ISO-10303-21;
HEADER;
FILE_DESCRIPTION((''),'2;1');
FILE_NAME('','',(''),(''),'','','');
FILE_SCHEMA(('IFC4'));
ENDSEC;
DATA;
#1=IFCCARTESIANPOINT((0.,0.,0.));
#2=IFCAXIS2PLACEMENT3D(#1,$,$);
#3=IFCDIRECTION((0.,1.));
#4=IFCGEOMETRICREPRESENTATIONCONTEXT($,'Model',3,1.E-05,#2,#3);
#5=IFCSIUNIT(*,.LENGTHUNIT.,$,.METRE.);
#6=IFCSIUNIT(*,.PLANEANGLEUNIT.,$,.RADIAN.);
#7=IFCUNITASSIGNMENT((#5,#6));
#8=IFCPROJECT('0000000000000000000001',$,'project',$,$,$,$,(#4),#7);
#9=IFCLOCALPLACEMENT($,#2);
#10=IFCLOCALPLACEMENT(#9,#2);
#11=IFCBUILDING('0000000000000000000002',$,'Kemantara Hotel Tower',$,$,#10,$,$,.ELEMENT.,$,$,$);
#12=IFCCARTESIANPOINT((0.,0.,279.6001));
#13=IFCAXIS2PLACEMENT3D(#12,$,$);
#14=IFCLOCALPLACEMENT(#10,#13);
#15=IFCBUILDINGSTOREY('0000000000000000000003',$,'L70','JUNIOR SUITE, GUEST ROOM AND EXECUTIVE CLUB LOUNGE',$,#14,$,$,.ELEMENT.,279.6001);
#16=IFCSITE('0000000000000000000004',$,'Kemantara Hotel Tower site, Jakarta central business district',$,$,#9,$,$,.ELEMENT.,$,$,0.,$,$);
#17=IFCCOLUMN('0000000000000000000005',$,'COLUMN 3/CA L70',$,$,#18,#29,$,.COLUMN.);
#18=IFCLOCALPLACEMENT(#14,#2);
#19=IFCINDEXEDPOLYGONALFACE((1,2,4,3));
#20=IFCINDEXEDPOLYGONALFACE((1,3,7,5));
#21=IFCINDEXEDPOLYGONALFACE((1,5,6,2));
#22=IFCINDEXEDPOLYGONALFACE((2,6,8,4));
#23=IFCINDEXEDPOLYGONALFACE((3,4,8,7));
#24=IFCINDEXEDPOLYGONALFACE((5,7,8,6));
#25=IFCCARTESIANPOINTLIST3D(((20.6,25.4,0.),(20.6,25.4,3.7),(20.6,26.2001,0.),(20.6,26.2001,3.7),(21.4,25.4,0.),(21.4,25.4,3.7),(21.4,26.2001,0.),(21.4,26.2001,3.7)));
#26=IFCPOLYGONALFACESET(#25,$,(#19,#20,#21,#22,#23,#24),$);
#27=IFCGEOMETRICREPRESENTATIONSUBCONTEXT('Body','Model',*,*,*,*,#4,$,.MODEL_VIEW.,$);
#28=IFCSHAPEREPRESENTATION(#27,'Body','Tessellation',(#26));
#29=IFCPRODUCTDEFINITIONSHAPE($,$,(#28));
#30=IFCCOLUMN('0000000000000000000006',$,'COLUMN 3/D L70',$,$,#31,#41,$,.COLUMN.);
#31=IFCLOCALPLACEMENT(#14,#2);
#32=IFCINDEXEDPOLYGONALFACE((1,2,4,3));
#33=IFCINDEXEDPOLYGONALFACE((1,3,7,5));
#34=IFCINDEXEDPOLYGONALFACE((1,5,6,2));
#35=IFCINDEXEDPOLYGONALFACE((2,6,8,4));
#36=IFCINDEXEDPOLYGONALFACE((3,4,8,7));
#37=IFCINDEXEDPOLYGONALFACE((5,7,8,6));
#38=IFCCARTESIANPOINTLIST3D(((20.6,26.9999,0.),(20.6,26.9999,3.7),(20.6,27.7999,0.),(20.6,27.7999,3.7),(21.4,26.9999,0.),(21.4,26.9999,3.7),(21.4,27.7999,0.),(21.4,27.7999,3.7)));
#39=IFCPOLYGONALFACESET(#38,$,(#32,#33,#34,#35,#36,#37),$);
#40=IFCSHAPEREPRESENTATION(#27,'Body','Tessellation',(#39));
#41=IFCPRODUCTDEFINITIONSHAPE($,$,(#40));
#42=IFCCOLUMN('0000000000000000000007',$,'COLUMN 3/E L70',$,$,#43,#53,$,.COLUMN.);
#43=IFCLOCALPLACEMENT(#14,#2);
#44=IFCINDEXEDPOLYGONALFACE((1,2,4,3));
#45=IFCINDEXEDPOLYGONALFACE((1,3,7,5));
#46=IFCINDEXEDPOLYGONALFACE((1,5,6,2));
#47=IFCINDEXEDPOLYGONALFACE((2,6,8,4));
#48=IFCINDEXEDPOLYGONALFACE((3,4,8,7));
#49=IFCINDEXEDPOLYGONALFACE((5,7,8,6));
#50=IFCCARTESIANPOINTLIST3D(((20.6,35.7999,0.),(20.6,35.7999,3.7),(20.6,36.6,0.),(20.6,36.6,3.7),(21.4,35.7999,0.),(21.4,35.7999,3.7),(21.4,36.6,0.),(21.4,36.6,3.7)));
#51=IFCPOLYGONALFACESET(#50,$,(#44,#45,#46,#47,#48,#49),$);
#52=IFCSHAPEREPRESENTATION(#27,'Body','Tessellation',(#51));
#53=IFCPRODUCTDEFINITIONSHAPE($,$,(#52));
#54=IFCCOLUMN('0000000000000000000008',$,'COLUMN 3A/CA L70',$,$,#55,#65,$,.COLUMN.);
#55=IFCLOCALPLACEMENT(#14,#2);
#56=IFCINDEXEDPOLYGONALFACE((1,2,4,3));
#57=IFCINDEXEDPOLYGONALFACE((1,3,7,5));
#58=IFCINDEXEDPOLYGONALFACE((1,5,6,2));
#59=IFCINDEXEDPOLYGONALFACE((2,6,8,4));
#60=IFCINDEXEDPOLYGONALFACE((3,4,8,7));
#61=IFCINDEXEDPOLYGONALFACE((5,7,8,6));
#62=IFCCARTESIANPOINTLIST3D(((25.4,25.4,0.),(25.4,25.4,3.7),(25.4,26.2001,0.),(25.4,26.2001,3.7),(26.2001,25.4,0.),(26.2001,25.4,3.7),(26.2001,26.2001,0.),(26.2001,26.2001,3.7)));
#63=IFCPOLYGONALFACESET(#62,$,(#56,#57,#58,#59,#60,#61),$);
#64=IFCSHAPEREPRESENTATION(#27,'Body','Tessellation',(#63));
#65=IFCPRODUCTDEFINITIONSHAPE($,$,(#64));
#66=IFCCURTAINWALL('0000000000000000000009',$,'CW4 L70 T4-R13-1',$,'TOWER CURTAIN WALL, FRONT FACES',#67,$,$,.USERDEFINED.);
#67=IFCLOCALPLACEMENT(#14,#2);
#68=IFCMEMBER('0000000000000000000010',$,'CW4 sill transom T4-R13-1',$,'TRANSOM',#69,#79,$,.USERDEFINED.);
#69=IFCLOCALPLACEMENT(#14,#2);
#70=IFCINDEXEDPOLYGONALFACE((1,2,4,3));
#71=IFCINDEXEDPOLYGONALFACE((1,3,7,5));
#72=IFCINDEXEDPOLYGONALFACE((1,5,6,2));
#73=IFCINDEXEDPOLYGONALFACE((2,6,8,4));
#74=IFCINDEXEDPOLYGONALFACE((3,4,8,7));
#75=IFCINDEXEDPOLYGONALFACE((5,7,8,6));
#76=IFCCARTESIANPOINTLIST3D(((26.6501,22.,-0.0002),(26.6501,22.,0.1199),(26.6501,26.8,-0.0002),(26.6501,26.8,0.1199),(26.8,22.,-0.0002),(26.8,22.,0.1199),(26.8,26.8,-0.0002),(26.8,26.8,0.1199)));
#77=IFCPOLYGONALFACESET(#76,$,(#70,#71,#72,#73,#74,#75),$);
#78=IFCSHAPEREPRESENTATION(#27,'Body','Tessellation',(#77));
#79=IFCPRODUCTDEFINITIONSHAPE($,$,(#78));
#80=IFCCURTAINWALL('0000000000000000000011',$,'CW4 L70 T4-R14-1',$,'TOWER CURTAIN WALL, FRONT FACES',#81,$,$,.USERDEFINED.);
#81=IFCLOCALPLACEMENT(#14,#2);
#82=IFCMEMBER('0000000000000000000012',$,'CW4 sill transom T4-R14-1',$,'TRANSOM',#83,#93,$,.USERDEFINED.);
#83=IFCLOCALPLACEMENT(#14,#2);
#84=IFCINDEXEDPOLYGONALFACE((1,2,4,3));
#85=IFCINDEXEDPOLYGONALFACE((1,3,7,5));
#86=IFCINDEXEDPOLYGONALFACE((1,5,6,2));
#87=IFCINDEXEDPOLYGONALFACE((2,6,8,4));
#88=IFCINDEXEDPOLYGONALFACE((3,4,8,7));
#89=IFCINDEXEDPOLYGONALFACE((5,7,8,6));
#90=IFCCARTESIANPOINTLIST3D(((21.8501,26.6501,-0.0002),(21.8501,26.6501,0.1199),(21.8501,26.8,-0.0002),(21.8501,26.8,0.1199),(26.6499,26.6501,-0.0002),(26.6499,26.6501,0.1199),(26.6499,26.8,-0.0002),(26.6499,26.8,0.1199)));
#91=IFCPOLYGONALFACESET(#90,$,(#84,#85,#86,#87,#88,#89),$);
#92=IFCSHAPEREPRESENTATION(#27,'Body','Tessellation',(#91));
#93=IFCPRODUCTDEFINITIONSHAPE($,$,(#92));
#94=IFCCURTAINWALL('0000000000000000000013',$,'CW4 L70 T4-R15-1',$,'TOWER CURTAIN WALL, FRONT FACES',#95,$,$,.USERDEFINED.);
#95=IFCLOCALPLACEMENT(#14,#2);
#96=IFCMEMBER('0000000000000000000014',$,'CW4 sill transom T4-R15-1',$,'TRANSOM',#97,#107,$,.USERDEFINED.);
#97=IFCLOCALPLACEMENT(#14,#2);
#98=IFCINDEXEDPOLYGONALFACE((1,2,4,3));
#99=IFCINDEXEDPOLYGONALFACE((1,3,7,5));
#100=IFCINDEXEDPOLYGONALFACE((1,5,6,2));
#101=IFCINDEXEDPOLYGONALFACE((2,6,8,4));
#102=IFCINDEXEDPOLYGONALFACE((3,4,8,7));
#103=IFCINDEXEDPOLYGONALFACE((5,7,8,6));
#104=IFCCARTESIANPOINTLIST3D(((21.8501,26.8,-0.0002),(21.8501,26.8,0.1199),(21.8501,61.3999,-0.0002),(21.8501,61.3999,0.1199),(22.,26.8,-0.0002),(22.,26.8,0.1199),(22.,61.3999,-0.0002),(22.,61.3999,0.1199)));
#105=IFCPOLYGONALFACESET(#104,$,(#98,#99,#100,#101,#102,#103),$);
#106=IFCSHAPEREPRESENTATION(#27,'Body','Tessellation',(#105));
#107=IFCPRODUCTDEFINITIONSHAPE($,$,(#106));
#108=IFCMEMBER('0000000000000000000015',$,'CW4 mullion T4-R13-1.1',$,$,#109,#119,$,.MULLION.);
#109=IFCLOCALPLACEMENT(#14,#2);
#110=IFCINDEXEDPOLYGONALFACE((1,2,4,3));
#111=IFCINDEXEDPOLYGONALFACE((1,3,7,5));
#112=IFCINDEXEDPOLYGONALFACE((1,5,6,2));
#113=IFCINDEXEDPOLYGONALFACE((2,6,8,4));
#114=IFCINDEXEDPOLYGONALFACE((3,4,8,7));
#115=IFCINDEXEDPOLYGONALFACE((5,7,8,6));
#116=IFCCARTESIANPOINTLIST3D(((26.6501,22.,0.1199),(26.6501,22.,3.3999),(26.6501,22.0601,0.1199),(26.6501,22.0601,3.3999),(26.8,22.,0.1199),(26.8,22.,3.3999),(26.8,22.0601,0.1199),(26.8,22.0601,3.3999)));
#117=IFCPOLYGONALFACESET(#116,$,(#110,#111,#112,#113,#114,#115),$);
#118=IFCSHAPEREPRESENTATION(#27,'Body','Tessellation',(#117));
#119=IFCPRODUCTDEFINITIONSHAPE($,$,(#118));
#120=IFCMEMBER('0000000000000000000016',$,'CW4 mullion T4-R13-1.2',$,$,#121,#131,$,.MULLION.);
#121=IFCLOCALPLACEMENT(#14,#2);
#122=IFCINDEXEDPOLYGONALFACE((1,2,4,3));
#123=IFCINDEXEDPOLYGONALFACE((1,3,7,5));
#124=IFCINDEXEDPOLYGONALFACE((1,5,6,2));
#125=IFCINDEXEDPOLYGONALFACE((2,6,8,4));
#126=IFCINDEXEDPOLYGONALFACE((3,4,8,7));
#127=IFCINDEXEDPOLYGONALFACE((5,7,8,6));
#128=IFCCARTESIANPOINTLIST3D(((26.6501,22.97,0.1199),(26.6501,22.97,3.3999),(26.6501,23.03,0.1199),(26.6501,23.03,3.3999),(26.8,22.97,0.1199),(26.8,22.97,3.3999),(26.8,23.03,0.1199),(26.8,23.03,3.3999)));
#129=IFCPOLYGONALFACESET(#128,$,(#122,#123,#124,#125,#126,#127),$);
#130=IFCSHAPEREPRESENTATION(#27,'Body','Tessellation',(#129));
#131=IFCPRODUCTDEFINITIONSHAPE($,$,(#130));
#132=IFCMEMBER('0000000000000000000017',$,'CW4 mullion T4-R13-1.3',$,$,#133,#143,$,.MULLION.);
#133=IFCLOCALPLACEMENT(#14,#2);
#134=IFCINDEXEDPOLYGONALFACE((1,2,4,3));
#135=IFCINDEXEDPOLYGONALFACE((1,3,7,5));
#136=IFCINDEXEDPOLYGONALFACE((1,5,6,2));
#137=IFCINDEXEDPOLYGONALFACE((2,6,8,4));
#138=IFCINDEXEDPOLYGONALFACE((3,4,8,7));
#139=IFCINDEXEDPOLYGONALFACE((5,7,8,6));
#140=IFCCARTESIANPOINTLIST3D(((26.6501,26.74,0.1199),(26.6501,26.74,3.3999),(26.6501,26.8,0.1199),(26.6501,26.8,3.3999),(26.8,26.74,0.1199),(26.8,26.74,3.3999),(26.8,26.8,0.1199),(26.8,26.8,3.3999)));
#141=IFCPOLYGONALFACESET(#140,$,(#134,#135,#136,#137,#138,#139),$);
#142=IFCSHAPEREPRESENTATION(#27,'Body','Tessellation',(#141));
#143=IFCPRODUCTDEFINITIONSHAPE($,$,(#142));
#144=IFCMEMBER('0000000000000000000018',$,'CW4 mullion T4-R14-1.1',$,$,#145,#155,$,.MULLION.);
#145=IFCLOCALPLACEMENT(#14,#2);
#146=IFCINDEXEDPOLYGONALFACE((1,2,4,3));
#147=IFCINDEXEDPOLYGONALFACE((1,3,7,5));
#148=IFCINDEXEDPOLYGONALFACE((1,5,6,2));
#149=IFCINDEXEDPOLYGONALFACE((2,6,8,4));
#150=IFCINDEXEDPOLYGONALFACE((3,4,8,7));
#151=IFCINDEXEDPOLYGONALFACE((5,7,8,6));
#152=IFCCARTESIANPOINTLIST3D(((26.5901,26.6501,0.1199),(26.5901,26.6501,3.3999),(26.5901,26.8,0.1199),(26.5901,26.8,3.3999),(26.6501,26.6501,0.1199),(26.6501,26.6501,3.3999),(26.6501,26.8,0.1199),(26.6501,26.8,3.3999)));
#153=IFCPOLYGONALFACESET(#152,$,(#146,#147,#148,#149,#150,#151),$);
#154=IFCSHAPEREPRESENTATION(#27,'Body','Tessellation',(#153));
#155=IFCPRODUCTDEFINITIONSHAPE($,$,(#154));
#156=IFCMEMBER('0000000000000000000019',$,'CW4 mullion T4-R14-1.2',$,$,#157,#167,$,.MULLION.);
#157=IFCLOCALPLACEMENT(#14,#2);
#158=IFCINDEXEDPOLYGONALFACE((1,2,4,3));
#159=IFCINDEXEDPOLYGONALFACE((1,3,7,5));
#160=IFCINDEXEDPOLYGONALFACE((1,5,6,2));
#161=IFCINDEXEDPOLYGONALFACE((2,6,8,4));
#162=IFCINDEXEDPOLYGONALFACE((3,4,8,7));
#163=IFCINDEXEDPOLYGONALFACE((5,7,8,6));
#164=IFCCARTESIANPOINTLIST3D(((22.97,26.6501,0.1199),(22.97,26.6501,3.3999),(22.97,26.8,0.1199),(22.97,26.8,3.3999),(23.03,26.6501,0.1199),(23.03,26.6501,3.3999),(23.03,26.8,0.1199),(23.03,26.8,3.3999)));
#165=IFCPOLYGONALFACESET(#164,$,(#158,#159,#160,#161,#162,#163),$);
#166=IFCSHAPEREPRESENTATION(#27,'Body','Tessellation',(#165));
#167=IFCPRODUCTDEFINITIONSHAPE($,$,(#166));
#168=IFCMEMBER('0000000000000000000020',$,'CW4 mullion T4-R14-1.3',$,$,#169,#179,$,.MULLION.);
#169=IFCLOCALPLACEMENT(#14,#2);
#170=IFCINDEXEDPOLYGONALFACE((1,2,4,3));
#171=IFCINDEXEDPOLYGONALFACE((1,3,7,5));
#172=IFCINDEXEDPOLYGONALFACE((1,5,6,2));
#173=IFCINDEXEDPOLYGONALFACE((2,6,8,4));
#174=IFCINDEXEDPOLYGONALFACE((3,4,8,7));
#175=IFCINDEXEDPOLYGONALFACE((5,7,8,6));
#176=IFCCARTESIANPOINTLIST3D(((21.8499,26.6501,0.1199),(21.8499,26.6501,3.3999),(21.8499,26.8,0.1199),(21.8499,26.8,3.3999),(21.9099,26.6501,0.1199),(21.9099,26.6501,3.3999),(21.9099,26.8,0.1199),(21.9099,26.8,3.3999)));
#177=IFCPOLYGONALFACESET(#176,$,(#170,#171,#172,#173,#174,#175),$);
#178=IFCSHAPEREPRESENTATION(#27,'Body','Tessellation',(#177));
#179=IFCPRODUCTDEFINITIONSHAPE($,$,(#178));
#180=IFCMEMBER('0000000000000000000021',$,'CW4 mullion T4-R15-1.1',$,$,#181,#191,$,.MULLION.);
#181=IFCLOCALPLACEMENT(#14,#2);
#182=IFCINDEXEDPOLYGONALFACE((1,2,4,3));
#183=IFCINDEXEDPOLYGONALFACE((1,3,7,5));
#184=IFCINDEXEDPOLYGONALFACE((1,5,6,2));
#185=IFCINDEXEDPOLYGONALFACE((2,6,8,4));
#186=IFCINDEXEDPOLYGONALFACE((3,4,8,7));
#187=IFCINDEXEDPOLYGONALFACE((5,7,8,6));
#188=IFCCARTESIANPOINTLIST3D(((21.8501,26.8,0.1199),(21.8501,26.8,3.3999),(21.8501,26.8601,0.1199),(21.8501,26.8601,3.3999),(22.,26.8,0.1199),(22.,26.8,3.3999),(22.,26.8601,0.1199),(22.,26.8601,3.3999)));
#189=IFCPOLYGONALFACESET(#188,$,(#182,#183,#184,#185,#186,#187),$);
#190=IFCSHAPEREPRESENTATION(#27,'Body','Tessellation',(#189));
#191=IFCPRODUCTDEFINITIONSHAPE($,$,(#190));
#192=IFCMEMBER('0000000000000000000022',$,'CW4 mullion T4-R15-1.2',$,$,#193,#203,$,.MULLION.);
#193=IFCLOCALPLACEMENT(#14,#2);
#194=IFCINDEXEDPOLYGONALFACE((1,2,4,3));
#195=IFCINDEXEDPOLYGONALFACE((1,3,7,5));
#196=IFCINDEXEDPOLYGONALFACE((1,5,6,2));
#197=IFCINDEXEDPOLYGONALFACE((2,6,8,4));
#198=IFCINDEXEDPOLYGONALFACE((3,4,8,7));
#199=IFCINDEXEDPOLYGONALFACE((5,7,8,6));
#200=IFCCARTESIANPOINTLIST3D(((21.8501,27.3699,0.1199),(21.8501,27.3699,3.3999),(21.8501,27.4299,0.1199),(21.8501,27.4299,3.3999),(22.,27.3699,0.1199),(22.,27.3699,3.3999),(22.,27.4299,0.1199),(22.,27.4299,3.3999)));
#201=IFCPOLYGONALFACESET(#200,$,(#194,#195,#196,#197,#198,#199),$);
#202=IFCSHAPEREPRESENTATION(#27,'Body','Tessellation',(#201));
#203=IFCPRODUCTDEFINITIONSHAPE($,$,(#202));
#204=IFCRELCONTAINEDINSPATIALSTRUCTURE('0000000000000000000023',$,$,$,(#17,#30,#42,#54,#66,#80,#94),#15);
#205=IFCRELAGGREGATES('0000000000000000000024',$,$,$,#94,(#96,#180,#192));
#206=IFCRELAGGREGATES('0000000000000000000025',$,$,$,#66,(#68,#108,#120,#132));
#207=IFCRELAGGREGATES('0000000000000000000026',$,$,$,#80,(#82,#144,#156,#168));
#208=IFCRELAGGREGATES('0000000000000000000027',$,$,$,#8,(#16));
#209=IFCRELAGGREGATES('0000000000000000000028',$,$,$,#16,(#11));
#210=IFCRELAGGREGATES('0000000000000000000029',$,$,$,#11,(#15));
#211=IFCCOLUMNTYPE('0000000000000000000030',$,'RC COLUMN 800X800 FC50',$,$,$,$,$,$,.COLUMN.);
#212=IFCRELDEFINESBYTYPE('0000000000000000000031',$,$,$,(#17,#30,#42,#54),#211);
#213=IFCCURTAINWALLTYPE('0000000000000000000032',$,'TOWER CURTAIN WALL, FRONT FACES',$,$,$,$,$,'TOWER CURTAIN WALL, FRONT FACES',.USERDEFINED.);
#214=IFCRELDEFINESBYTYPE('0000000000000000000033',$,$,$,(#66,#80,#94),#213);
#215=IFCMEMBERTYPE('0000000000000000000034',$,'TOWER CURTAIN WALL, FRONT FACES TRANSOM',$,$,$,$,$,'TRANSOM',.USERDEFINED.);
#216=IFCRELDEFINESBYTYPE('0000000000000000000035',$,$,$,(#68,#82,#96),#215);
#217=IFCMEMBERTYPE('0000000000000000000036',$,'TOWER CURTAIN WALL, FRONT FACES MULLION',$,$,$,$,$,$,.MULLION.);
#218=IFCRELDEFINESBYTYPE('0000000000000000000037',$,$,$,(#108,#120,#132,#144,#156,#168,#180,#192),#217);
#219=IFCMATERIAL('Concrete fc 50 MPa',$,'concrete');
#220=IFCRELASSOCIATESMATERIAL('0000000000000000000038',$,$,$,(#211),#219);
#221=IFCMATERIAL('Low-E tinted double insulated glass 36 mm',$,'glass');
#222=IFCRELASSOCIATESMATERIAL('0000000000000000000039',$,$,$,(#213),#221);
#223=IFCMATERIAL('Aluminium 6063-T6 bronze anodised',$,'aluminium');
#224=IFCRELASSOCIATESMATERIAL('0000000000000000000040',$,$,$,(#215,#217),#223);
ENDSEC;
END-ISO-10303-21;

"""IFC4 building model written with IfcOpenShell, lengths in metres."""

from ifc_helpers import new_model, si_unit, direction, frame, origin, origin_2d, place, context, subcontext, project, spatial, rectangle, extrude, source, transform, mapped, material, material_profile, profile_set, type_object, element, aggregate, save


model = new_model("IFC4")

# Units and contexts
model_context = context("Model", 3, precision=1e-05, world=origin(), true_north=direction((0.0, 1.0)))
body_context = subcontext(model_context, "Body", "Model", "MODEL_VIEW")
ifc_project = project(units=[si_unit("LENGTHUNIT", "METRE"), si_unit("PLANEANGLEUNIT", "RADIAN")], contexts=[model_context])

# Site, building, storey
site_placement = place(None, origin())
site = spatial("IfcSite", under=ifc_project, at=site_placement, Name="Kemantara Hotel Tower site, Jakarta central business district", CompositionType="ELEMENT", RefElevation=0.0)
building_placement = place(site_placement, origin())
building = spatial("IfcBuilding", under=site, at=building_placement, Name="Kemantara Hotel Tower", CompositionType="ELEMENT")
storey_placement = place(building_placement, frame((0.0, 0.0, 279.6001)))
storey = spatial("IfcBuildingStorey", under=building, at=storey_placement, Name="L70", Description="JUNIOR SUITE, GUEST ROOM AND EXECUTIVE CLUB LOUNGE", CompositionType="ELEMENT", Elevation=279.6001)

# Columns
ifc_material_1 = material(Name="Concrete fc 50 MPa", Category="concrete")
ifc_material_profile_1 = material_profile(ifc_material_1, rectangle(XDim=0.8, YDim=0.8, at=origin_2d()), Name="RC 800X800")
ifc_profile_set_1 = profile_set([ifc_material_profile_1], Name="Concrete fc 50 MPa")
column_type = type_object("IfcColumnType", Name="RC COLUMN 800X800 FC50", PredefinedType="COLUMN", material=ifc_profile_set_1)
for number, where, z_axis, x_axis, name in (
    (1, (21.0, 25.8, 0.0), (0.0, 0.0, 1.0), (1.0, 0.0, 0.0), "COLUMN 3/CA L70"),
    (2, (21.0, 27.3999, 0.0), (0.0, 0.0, 1.0), (1.0, 0.0, 0.0), "COLUMN 3/D L70"),
    (3, (21.0, 36.2, 0.0), (0.0, 0.0, 1.0), (1.0, 0.0, 0.0), "COLUMN 3/E L70"),
    (4, (25.8, 25.8, 0.0), (0.0, 0.0, 1.0), (1.0, 0.0, 0.0), "COLUMN 3A/CA L70"),
):
    element("IfcColumn", number, at=place(storey_placement, frame(where, z_axis=z_axis, x_axis=x_axis)), inside=storey, type_object=column_type, Name=name, PredefinedType="COLUMN", context=body_context, shape_type="SweptSolid", body=[
        extrude(rectangle(XDim=0.8, YDim=0.8, at=origin_2d()), origin(), (0.0, 0.0, 1.0), 3.7),
    ])

# Curtain walls, members
ifc_material_2 = material(Name="Low-E tinted double insulated glass 36 mm", Category="glass")
curtain_wall_type = type_object("IfcCurtainWallType", Name="TOWER CURTAIN WALL, FRONT FACES", ElementType="TOWER CURTAIN WALL, FRONT FACES", PredefinedType="USERDEFINED", material=ifc_material_2)
curtain_wall_1_placement = place(storey_placement, origin())
curtain_wall_1 = element("IfcCurtainWall", 5, at=curtain_wall_1_placement, inside=storey, type_object=curtain_wall_type, Name="CW4 L70 T4-R13-1", ObjectType="TOWER CURTAIN WALL, FRONT FACES", PredefinedType="USERDEFINED")
ifc_material_3 = material(Name="Aluminium 6063-T6 bronze anodised", Category="aluminium")
ifc_material_profile_2 = material_profile(ifc_material_3, rectangle(XDim=0.1499, YDim=0.1201, at=origin_2d()), Name="TOWER CURTAIN WALL, FRONT FACES TRANSOM")
ifc_profile_set_2 = profile_set([ifc_material_profile_2], Name="Aluminium 6063-T6 bronze anodised")
member_type_1 = type_object("IfcMemberType", Name="TOWER CURTAIN WALL, FRONT FACES TRANSOM", ElementType="TRANSOM", PredefinedType="USERDEFINED", material=ifc_profile_set_2)
member_1_placement = place(storey_placement, frame((26.7251, 22.0, 0.0598), z_axis=(0.0, 1.0, 0.0), x_axis=(-1.0, 0.0, 0.0)))
member_1 = element("IfcMember", 6, at=member_1_placement, type_object=member_type_1, Name="CW4 sill transom T4-R13-1", ObjectType="TRANSOM", PredefinedType="USERDEFINED", context=body_context, shape_type="SweptSolid", body=[
    extrude(rectangle(XDim=0.1499, YDim=0.1201, at=origin_2d()), origin(), (0.0, 0.0, 1.0), 4.8),
])
curtain_wall_2_placement = place(storey_placement, origin())
curtain_wall_2 = element("IfcCurtainWall", 7, at=curtain_wall_2_placement, inside=storey, type_object=curtain_wall_type, Name="CW4 L70 T4-R14-1", ObjectType="TOWER CURTAIN WALL, FRONT FACES", PredefinedType="USERDEFINED")
member_2_placement = place(storey_placement, frame((26.6499, 26.7251, 0.0598), z_axis=(-1.0, 0.0, 0.0), x_axis=(0.0, -1.0, 0.0)))
member_2 = element("IfcMember", 8, at=member_2_placement, type_object=member_type_1, Name="CW4 sill transom T4-R14-1", ObjectType="TRANSOM", PredefinedType="USERDEFINED", context=body_context, shape_type="SweptSolid", body=[
    extrude(rectangle(XDim=0.1499, YDim=0.1201, at=origin_2d()), origin(), (0.0, 0.0, 1.0), 4.7998),
])
curtain_wall_3_placement = place(storey_placement, origin())
curtain_wall_3 = element("IfcCurtainWall", 9, at=curtain_wall_3_placement, inside=storey, type_object=curtain_wall_type, Name="CW4 L70 T4-R15-1", ObjectType="TOWER CURTAIN WALL, FRONT FACES", PredefinedType="USERDEFINED")
member_3_placement = place(storey_placement, frame((21.925, 26.8, 0.0598), z_axis=(0.0, 1.0, 0.0), x_axis=(-1.0, 0.0, 0.0)))
member_3 = element("IfcMember", 10, at=member_3_placement, type_object=member_type_1, Name="CW4 sill transom T4-R15-1", ObjectType="TRANSOM", PredefinedType="USERDEFINED", context=body_context, shape_type="SweptSolid", body=[
    extrude(rectangle(XDim=0.1499, YDim=0.1201, at=origin_2d()), origin(), (0.0, 0.0, 1.0), 34.5999),
])

# Members
ifc_material_profile_3 = material_profile(ifc_material_3, rectangle(XDim=0.1499, YDim=0.0601, at=origin_2d()), Name="TOWER CURTAIN WALL, FRONT FACES MULLION")
ifc_profile_set_3 = profile_set([ifc_material_profile_3], Name="Aluminium 6063-T6 bronze anodised")
member_type_2 = type_object("IfcMemberType", Name="TOWER CURTAIN WALL, FRONT FACES MULLION", PredefinedType="MULLION", material=ifc_profile_set_3)
shared_shape_1 = source(origin(), body_context, "Body", "SweptSolid", [
    extrude(rectangle(XDim=0.1499, YDim=0.0601, at=origin_2d()), origin(), (0.0, 0.0, 1.0), 3.28),
])
member_4_placement = place(storey_placement, frame((26.7251, 22.03, 0.1199), z_axis=(0.0, 0.0, 1.0), x_axis=(-1.0, 0.0, 0.0)))
member_4 = element("IfcMember", 11, at=member_4_placement, type_object=member_type_2, Name="CW4 mullion T4-R13-1.1", PredefinedType="MULLION", context=body_context, shape_type="MappedRepresentation", body=[
    mapped(shared_shape_1, transform((0.0, 0.0, 0.0))),
])
member_5_placement = place(storey_placement, frame((26.7251, 23.0, 0.1199), z_axis=(0.0, 0.0, 1.0), x_axis=(-1.0, 0.0, 0.0)))
member_5 = element("IfcMember", 12, at=member_5_placement, type_object=member_type_2, Name="CW4 mullion T4-R13-1.2", PredefinedType="MULLION", context=body_context, shape_type="MappedRepresentation", body=[
    mapped(shared_shape_1, transform((0.0, 0.0, 0.0))),
])
member_6_placement = place(storey_placement, frame((26.7251, 26.77, 0.1199), z_axis=(0.0, 0.0, 1.0), x_axis=(-1.0, 0.0, 0.0)))
member_6 = element("IfcMember", 13, at=member_6_placement, type_object=member_type_2, Name="CW4 mullion T4-R13-1.3", PredefinedType="MULLION", context=body_context, shape_type="MappedRepresentation", body=[
    mapped(shared_shape_1, transform((0.0, 0.0, 0.0))),
])
member_7_placement = place(storey_placement, frame((26.6201, 26.7251, 0.1199), z_axis=(0.0, 0.0, 1.0), x_axis=(0.0, -1.0, 0.0)))
member_7 = element("IfcMember", 14, at=member_7_placement, type_object=member_type_2, Name="CW4 mullion T4-R14-1.1", PredefinedType="MULLION", context=body_context, shape_type="MappedRepresentation", body=[
    mapped(shared_shape_1, transform((0.0, 0.0, 0.0))),
])
member_8_placement = place(storey_placement, frame((23.0, 26.7251, 0.1199), z_axis=(0.0, 0.0, 1.0), x_axis=(0.0, -1.0, 0.0)))
member_8 = element("IfcMember", 15, at=member_8_placement, type_object=member_type_2, Name="CW4 mullion T4-R14-1.2", PredefinedType="MULLION", context=body_context, shape_type="MappedRepresentation", body=[
    mapped(shared_shape_1, transform((0.0, 0.0, 0.0))),
])
member_9_placement = place(storey_placement, frame((21.8799, 26.7251, 0.1199), z_axis=(0.0, 0.0, 1.0), x_axis=(0.0, -1.0, 0.0)))
member_9 = element("IfcMember", 16, at=member_9_placement, type_object=member_type_2, Name="CW4 mullion T4-R14-1.3", PredefinedType="MULLION", context=body_context, shape_type="MappedRepresentation", body=[
    mapped(shared_shape_1, transform((0.0, 0.0, 0.0))),
])
member_10_placement = place(storey_placement, frame((21.925, 26.8301, 0.1199), z_axis=(0.0, 0.0, 1.0), x_axis=(-1.0, 0.0, 0.0)))
member_10 = element("IfcMember", 17, at=member_10_placement, type_object=member_type_2, Name="CW4 mullion T4-R15-1.1", PredefinedType="MULLION", context=body_context, shape_type="MappedRepresentation", body=[
    mapped(shared_shape_1, transform((0.0, 0.0, 0.0))),
])
member_11_placement = place(storey_placement, frame((21.925, 27.3999, 0.1199), z_axis=(0.0, 0.0, 1.0), x_axis=(-1.0, 0.0, 0.0)))
member_11 = element("IfcMember", 18, at=member_11_placement, type_object=member_type_2, Name="CW4 mullion T4-R15-1.2", PredefinedType="MULLION", context=body_context, shape_type="MappedRepresentation", body=[
    mapped(shared_shape_1, transform((0.0, 0.0, 0.0))),
])

aggregate(curtain_wall_3, [member_3, member_10, member_11])
aggregate(curtain_wall_1, [member_1, member_4, member_5, member_6])
aggregate(curtain_wall_2, [member_2, member_7, member_8, member_9])

save(model, "model.ifc")
